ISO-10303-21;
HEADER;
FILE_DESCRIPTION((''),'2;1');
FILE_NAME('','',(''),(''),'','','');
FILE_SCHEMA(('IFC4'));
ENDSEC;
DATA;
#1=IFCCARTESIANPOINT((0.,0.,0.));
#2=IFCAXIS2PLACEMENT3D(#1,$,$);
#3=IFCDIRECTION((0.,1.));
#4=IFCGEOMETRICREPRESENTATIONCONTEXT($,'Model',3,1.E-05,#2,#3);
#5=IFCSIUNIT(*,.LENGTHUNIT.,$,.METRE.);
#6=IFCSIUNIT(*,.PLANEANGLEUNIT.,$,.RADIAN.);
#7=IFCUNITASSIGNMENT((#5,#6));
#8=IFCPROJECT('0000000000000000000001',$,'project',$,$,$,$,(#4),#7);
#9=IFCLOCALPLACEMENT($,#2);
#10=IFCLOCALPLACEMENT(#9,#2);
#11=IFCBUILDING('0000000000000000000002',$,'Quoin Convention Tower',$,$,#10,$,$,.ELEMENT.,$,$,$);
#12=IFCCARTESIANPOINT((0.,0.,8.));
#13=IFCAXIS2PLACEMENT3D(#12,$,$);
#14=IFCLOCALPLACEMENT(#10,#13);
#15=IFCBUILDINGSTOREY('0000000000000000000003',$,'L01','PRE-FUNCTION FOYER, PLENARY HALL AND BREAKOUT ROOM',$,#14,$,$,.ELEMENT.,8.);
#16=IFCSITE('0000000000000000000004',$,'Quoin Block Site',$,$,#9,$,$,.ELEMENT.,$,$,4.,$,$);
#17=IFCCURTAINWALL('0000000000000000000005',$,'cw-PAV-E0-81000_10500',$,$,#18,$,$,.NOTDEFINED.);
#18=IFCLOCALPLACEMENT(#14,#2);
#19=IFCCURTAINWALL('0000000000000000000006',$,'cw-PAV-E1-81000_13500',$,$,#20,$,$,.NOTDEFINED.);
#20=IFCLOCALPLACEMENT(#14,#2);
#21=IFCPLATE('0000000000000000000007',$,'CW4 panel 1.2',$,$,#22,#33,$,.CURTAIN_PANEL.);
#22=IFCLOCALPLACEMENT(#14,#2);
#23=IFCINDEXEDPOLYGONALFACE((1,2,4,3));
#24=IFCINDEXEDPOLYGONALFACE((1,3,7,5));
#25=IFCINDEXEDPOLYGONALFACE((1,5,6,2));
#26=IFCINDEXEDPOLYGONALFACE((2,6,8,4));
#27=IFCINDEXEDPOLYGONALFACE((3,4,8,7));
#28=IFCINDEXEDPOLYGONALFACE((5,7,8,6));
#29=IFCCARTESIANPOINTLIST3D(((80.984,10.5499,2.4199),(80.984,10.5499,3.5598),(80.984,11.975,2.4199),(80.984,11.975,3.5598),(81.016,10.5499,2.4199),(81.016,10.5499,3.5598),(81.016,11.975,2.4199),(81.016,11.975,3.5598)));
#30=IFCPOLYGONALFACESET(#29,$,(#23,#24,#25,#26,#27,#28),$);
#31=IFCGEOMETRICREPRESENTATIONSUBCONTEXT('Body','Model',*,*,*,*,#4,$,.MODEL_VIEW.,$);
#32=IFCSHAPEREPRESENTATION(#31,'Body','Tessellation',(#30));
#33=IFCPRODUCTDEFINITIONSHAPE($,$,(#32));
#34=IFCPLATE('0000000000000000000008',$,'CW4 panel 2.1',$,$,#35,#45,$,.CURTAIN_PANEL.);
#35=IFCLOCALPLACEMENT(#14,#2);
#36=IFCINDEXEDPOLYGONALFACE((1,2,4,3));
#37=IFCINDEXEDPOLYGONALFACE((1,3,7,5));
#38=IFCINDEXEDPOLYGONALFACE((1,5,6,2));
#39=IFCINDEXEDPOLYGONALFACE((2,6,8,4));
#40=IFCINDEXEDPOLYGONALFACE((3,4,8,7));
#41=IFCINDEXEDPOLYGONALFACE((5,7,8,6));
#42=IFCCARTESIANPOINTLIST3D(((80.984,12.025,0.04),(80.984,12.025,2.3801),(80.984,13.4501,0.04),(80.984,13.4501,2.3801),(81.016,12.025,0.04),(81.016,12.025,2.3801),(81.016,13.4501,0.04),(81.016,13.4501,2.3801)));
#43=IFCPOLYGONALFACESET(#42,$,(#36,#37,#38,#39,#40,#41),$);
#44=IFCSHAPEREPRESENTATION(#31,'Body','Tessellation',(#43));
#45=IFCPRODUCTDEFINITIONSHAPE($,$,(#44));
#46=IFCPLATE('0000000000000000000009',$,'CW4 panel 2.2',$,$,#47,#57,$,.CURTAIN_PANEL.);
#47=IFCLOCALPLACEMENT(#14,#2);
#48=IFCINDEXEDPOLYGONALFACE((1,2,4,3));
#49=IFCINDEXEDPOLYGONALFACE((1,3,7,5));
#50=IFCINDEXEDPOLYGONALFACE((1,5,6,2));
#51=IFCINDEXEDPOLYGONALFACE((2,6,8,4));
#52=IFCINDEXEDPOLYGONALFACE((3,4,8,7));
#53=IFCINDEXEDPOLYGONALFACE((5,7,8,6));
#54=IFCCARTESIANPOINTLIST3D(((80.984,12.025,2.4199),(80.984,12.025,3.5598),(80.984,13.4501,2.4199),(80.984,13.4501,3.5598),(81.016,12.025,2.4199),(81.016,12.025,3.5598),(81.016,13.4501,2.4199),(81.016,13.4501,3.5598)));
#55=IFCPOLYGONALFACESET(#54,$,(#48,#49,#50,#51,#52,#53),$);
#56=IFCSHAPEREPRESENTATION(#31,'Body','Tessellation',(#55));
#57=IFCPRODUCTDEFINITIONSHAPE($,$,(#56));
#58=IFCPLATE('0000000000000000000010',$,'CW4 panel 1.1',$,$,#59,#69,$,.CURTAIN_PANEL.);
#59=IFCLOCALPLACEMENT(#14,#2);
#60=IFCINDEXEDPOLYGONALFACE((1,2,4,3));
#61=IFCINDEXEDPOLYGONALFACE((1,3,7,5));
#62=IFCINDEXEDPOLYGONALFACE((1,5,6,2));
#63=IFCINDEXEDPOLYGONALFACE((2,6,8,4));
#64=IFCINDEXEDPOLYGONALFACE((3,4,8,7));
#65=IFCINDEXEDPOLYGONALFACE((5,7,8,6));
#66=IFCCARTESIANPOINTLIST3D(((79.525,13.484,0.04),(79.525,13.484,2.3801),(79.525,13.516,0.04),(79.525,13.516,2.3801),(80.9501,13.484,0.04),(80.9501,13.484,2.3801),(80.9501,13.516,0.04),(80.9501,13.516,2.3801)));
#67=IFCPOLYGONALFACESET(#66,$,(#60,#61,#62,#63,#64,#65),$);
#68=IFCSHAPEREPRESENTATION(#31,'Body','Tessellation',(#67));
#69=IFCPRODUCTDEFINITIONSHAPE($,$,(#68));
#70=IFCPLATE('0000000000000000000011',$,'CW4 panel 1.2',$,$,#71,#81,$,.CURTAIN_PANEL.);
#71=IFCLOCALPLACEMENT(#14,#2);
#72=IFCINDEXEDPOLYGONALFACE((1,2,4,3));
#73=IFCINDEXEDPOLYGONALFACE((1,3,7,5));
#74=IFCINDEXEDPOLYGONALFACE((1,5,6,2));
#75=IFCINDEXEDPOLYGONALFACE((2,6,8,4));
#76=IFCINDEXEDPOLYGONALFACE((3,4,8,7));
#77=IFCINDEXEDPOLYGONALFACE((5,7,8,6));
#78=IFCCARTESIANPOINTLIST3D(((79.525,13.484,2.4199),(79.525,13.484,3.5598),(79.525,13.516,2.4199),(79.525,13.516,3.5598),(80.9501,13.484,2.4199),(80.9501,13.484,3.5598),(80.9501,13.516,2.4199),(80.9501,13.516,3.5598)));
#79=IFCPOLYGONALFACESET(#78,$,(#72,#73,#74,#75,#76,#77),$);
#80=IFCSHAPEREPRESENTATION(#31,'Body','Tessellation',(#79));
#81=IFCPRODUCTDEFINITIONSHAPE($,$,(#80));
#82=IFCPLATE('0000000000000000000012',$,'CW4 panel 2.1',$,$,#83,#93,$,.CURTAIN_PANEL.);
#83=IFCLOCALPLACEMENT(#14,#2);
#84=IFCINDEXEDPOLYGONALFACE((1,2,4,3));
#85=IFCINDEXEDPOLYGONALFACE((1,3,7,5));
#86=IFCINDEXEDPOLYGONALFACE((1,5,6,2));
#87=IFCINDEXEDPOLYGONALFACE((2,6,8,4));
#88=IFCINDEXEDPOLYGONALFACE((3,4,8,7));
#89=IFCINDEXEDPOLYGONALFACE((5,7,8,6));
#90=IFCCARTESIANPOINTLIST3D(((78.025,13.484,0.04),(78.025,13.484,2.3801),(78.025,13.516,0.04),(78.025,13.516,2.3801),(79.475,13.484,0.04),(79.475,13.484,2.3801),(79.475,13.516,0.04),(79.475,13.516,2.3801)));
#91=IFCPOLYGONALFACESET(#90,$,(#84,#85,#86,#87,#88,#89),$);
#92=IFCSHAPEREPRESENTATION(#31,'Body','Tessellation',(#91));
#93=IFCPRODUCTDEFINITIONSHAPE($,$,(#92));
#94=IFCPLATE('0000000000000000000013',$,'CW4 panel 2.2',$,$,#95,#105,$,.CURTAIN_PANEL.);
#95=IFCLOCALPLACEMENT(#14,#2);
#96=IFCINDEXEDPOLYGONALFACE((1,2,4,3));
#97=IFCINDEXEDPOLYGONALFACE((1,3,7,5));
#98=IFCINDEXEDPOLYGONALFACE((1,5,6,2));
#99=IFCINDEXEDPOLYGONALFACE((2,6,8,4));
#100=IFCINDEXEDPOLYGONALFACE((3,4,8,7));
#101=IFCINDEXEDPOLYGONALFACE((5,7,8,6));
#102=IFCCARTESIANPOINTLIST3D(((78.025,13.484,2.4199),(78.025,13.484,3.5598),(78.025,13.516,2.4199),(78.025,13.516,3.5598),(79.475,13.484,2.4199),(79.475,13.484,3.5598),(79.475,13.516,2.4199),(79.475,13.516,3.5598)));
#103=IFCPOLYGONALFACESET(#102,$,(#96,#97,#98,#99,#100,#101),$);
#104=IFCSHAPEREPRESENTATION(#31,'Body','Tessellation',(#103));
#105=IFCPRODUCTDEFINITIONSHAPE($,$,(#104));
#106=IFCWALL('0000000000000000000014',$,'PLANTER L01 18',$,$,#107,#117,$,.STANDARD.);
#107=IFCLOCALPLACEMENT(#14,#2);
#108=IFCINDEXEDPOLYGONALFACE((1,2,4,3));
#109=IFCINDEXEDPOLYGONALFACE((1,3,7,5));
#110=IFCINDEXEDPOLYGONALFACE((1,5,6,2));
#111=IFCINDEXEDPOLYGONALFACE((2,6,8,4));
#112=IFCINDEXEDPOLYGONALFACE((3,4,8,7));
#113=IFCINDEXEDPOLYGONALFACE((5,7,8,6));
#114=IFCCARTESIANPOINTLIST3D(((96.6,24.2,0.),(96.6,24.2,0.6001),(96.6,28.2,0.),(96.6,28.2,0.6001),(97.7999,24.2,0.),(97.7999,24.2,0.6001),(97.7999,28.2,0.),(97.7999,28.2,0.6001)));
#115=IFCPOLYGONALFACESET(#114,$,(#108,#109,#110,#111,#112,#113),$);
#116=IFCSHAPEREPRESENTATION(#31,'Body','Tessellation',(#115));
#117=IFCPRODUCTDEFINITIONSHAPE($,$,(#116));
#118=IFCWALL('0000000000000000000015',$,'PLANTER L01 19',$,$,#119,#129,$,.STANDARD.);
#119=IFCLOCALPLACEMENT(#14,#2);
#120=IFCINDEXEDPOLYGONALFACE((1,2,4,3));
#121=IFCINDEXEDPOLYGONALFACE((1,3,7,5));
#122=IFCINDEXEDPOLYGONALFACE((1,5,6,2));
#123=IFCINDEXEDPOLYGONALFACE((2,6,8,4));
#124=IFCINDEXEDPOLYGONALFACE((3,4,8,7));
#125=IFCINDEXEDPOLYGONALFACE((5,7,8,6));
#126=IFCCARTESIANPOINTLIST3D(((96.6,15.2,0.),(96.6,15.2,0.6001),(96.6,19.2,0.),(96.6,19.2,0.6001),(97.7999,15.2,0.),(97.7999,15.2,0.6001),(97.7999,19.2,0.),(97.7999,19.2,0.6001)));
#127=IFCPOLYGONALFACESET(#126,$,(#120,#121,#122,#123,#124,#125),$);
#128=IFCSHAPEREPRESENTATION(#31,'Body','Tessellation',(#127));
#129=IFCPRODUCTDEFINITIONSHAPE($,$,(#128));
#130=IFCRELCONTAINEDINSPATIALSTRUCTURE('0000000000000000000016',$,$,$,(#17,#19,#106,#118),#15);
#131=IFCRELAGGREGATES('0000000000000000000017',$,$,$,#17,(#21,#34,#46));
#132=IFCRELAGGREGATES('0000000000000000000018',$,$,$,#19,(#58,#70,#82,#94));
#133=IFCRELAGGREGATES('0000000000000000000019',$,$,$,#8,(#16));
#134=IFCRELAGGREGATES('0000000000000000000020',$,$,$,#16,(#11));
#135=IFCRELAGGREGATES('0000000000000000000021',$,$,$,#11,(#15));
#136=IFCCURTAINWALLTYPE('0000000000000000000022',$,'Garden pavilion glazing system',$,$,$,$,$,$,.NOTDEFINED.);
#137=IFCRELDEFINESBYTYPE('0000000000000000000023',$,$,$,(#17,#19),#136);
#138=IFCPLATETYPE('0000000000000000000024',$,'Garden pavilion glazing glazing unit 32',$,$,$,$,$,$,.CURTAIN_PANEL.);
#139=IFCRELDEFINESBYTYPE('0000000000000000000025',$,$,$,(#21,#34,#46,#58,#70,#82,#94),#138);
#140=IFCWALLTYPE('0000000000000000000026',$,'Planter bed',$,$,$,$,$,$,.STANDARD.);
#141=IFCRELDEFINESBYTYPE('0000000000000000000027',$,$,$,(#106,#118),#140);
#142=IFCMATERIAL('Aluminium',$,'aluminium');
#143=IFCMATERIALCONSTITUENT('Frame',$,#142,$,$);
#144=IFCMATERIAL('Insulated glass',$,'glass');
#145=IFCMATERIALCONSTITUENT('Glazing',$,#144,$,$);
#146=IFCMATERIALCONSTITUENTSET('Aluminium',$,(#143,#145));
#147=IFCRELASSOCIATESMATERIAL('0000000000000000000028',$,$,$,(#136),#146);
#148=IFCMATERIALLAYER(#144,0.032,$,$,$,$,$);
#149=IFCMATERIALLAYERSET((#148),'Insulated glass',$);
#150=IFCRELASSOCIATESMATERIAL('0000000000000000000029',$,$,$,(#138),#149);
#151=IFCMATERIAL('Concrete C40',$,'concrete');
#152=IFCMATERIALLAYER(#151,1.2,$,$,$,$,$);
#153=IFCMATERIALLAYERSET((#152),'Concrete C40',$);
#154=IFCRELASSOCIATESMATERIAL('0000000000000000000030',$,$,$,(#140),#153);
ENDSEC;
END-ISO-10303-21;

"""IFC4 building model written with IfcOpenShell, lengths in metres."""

from ifc_helpers import new_model, si_unit, direction, frame, frame_2d, origin, origin_2d, place, context, subcontext, project, spatial, rectangle, extrude, material, layer, layer_set, constituent, constituent_set, type_object, element, aggregate, save


model = new_model("IFC4")

# Units and contexts
model_context = context("Model", 3, precision=1e-05, world=origin(), true_north=direction((0.0, 1.0)))
body_context = subcontext(model_context, "Body", "Model", "MODEL_VIEW")
ifc_project = project(units=[si_unit("LENGTHUNIT", "METRE"), si_unit("PLANEANGLEUNIT", "RADIAN")], contexts=[model_context])

# Site, building, storey
site_placement = place(None, origin())
site = spatial("IfcSite", under=ifc_project, at=site_placement, Name="Quoin Block Site", CompositionType="ELEMENT", RefElevation=4.0)
building_placement = place(site_placement, origin())
building = spatial("IfcBuilding", under=site, at=building_placement, Name="Quoin Convention Tower", CompositionType="ELEMENT")
storey_placement = place(building_placement, frame((0.0, 0.0, 8.0)))
storey = spatial("IfcBuildingStorey", under=building, at=storey_placement, Name="L01", Description="PRE-FUNCTION FOYER, PLENARY HALL AND BREAKOUT ROOM", CompositionType="ELEMENT", Elevation=8.0)

# Curtain walls
ifc_material_1 = material(Name="Aluminium", Category="aluminium")
ifc_constituent_1 = constituent(ifc_material_1, Name="Frame")
ifc_material_2 = material(Name="Insulated glass", Category="glass")
ifc_constituent_2 = constituent(ifc_material_2, Name="Glazing")
ifc_constituent_set_1 = constituent_set(constituents=[ifc_constituent_1, ifc_constituent_2], Name="Aluminium")
curtain_wall_type = type_object("IfcCurtainWallType", Name="Garden pavilion glazing system", PredefinedType="NOTDEFINED", material=ifc_constituent_set_1)
curtain_wall_1_placement = place(storey_placement, origin())
curtain_wall_1 = element("IfcCurtainWall", 1, at=curtain_wall_1_placement, inside=storey, type_object=curtain_wall_type, Name="cw-PAV-E0-81000_10500", PredefinedType="NOTDEFINED")
curtain_wall_2_placement = place(storey_placement, origin())
curtain_wall_2 = element("IfcCurtainWall", 2, at=curtain_wall_2_placement, inside=storey, type_object=curtain_wall_type, Name="cw-PAV-E1-81000_13500", PredefinedType="NOTDEFINED")

# Plates
ifc_layer_1 = layer(ifc_material_2, 0.032)
ifc_layer_set_1 = layer_set([ifc_layer_1], Name="Insulated glass")
plate_type = type_object("IfcPlateType", Name="Garden pavilion glazing glazing unit 32", PredefinedType="CURTAIN_PANEL", material=ifc_layer_set_1)
plate_1_placement = place(storey_placement, frame((81.0, 11.2625, 2.4199), z_axis=(0.0, 0.0, 1.0), x_axis=(0.0, 1.0, 0.0)))
plate_1 = element("IfcPlate", 3, at=plate_1_placement, type_object=plate_type, Name="CW4 panel 1.2", PredefinedType="CURTAIN_PANEL", context=body_context, shape_type="SweptSolid", body=[
    extrude(rectangle(XDim=1.425, YDim=0.032, at=origin_2d()), origin(), (0.0, 0.0, 1.0), 1.1399),
])
plate_2_placement = place(storey_placement, frame((81.0, 12.7375, 0.04), z_axis=(0.0, 0.0, 1.0), x_axis=(0.0, 1.0, 0.0)))
plate_2 = element("IfcPlate", 4, at=plate_2_placement, type_object=plate_type, Name="CW4 panel 2.1", PredefinedType="CURTAIN_PANEL", context=body_context, shape_type="SweptSolid", body=[
    extrude(rectangle(XDim=1.425, YDim=0.032, at=origin_2d()), origin(), (0.0, 0.0, 1.0), 2.3401),
])
plate_3_placement = place(storey_placement, frame((81.0, 12.7375, 2.4199), z_axis=(0.0, 0.0, 1.0), x_axis=(0.0, 1.0, 0.0)))
plate_3 = element("IfcPlate", 5, at=plate_3_placement, type_object=plate_type, Name="CW4 panel 2.2", PredefinedType="CURTAIN_PANEL", context=body_context, shape_type="SweptSolid", body=[
    extrude(rectangle(XDim=1.425, YDim=0.032, at=origin_2d()), origin(), (0.0, 0.0, 1.0), 1.1399),
])
aggregate(curtain_wall_1, [plate_1, plate_2, plate_3])
plate_4_placement = place(storey_placement, frame((80.2375, 13.5, 0.04), z_axis=(0.0, 0.0, 1.0), x_axis=(-1.0, 0.0, 0.0)))
plate_4 = element("IfcPlate", 6, at=plate_4_placement, type_object=plate_type, Name="CW4 panel 1.1", PredefinedType="CURTAIN_PANEL", context=body_context, shape_type="SweptSolid", body=[
    extrude(rectangle(XDim=1.425, YDim=0.032, at=origin_2d()), origin(), (0.0, 0.0, 1.0), 2.3401),
])
plate_5_placement = place(storey_placement, frame((80.2375, 13.5, 2.4199), z_axis=(0.0, 0.0, 1.0), x_axis=(-1.0, 0.0, 0.0)))
plate_5 = element("IfcPlate", 7, at=plate_5_placement, type_object=plate_type, Name="CW4 panel 1.2", PredefinedType="CURTAIN_PANEL", context=body_context, shape_type="SweptSolid", body=[
    extrude(rectangle(XDim=1.425, YDim=0.032, at=origin_2d()), origin(), (0.0, 0.0, 1.0), 1.1399),
])
plate_6_placement = place(storey_placement, frame((78.75, 13.5, 0.04), z_axis=(0.0, 0.0, 1.0), x_axis=(-1.0, 0.0, 0.0)))
plate_6 = element("IfcPlate", 8, at=plate_6_placement, type_object=plate_type, Name="CW4 panel 2.1", PredefinedType="CURTAIN_PANEL", context=body_context, shape_type="SweptSolid", body=[
    extrude(rectangle(XDim=1.45, YDim=0.032, at=origin_2d()), origin(), (0.0, 0.0, 1.0), 2.3401),
])
plate_7_placement = place(storey_placement, frame((78.75, 13.5, 2.4199), z_axis=(0.0, 0.0, 1.0), x_axis=(-1.0, 0.0, 0.0)))
plate_7 = element("IfcPlate", 9, at=plate_7_placement, type_object=plate_type, Name="CW4 panel 2.2", PredefinedType="CURTAIN_PANEL", context=body_context, shape_type="SweptSolid", body=[
    extrude(rectangle(XDim=1.45, YDim=0.032, at=origin_2d()), origin(), (0.0, 0.0, 1.0), 1.1399),
])
aggregate(curtain_wall_2, [plate_4, plate_5, plate_6, plate_7])

# Walls
ifc_material_3 = material(Name="Concrete C40", Category="concrete")
ifc_layer_2 = layer(ifc_material_3, 1.2)
ifc_layer_set_2 = layer_set([ifc_layer_2], Name="Concrete C40")
wall_type_1 = type_object("IfcWallType", Name="Planter bed", PredefinedType="STANDARD", material=ifc_layer_set_2)
for number, where, z_axis, x_axis, name in (
    (10, (97.2, 28.2, 0.0), (0.0, 0.0, 1.0), (0.0, -1.0, 0.0), "PLANTER L01 18"),
    (11, (97.2, 19.2, 0.0), (0.0, 0.0, 1.0), (0.0, -1.0, 0.0), "PLANTER L01 19"),
):
    element("IfcWall", number, at=place(storey_placement, frame(where, z_axis=z_axis, x_axis=x_axis)), inside=storey, type_object=wall_type_1, Name=name, PredefinedType="STANDARD", context=body_context, shape_type="SweptSolid", body=[
        extrude(rectangle(XDim=4.0, YDim=1.2, at=frame_2d((2.0, 0.0))), origin(), (0.0, 0.0, 1.0), 0.6001),
    ])

save(model, "model.ifc")
